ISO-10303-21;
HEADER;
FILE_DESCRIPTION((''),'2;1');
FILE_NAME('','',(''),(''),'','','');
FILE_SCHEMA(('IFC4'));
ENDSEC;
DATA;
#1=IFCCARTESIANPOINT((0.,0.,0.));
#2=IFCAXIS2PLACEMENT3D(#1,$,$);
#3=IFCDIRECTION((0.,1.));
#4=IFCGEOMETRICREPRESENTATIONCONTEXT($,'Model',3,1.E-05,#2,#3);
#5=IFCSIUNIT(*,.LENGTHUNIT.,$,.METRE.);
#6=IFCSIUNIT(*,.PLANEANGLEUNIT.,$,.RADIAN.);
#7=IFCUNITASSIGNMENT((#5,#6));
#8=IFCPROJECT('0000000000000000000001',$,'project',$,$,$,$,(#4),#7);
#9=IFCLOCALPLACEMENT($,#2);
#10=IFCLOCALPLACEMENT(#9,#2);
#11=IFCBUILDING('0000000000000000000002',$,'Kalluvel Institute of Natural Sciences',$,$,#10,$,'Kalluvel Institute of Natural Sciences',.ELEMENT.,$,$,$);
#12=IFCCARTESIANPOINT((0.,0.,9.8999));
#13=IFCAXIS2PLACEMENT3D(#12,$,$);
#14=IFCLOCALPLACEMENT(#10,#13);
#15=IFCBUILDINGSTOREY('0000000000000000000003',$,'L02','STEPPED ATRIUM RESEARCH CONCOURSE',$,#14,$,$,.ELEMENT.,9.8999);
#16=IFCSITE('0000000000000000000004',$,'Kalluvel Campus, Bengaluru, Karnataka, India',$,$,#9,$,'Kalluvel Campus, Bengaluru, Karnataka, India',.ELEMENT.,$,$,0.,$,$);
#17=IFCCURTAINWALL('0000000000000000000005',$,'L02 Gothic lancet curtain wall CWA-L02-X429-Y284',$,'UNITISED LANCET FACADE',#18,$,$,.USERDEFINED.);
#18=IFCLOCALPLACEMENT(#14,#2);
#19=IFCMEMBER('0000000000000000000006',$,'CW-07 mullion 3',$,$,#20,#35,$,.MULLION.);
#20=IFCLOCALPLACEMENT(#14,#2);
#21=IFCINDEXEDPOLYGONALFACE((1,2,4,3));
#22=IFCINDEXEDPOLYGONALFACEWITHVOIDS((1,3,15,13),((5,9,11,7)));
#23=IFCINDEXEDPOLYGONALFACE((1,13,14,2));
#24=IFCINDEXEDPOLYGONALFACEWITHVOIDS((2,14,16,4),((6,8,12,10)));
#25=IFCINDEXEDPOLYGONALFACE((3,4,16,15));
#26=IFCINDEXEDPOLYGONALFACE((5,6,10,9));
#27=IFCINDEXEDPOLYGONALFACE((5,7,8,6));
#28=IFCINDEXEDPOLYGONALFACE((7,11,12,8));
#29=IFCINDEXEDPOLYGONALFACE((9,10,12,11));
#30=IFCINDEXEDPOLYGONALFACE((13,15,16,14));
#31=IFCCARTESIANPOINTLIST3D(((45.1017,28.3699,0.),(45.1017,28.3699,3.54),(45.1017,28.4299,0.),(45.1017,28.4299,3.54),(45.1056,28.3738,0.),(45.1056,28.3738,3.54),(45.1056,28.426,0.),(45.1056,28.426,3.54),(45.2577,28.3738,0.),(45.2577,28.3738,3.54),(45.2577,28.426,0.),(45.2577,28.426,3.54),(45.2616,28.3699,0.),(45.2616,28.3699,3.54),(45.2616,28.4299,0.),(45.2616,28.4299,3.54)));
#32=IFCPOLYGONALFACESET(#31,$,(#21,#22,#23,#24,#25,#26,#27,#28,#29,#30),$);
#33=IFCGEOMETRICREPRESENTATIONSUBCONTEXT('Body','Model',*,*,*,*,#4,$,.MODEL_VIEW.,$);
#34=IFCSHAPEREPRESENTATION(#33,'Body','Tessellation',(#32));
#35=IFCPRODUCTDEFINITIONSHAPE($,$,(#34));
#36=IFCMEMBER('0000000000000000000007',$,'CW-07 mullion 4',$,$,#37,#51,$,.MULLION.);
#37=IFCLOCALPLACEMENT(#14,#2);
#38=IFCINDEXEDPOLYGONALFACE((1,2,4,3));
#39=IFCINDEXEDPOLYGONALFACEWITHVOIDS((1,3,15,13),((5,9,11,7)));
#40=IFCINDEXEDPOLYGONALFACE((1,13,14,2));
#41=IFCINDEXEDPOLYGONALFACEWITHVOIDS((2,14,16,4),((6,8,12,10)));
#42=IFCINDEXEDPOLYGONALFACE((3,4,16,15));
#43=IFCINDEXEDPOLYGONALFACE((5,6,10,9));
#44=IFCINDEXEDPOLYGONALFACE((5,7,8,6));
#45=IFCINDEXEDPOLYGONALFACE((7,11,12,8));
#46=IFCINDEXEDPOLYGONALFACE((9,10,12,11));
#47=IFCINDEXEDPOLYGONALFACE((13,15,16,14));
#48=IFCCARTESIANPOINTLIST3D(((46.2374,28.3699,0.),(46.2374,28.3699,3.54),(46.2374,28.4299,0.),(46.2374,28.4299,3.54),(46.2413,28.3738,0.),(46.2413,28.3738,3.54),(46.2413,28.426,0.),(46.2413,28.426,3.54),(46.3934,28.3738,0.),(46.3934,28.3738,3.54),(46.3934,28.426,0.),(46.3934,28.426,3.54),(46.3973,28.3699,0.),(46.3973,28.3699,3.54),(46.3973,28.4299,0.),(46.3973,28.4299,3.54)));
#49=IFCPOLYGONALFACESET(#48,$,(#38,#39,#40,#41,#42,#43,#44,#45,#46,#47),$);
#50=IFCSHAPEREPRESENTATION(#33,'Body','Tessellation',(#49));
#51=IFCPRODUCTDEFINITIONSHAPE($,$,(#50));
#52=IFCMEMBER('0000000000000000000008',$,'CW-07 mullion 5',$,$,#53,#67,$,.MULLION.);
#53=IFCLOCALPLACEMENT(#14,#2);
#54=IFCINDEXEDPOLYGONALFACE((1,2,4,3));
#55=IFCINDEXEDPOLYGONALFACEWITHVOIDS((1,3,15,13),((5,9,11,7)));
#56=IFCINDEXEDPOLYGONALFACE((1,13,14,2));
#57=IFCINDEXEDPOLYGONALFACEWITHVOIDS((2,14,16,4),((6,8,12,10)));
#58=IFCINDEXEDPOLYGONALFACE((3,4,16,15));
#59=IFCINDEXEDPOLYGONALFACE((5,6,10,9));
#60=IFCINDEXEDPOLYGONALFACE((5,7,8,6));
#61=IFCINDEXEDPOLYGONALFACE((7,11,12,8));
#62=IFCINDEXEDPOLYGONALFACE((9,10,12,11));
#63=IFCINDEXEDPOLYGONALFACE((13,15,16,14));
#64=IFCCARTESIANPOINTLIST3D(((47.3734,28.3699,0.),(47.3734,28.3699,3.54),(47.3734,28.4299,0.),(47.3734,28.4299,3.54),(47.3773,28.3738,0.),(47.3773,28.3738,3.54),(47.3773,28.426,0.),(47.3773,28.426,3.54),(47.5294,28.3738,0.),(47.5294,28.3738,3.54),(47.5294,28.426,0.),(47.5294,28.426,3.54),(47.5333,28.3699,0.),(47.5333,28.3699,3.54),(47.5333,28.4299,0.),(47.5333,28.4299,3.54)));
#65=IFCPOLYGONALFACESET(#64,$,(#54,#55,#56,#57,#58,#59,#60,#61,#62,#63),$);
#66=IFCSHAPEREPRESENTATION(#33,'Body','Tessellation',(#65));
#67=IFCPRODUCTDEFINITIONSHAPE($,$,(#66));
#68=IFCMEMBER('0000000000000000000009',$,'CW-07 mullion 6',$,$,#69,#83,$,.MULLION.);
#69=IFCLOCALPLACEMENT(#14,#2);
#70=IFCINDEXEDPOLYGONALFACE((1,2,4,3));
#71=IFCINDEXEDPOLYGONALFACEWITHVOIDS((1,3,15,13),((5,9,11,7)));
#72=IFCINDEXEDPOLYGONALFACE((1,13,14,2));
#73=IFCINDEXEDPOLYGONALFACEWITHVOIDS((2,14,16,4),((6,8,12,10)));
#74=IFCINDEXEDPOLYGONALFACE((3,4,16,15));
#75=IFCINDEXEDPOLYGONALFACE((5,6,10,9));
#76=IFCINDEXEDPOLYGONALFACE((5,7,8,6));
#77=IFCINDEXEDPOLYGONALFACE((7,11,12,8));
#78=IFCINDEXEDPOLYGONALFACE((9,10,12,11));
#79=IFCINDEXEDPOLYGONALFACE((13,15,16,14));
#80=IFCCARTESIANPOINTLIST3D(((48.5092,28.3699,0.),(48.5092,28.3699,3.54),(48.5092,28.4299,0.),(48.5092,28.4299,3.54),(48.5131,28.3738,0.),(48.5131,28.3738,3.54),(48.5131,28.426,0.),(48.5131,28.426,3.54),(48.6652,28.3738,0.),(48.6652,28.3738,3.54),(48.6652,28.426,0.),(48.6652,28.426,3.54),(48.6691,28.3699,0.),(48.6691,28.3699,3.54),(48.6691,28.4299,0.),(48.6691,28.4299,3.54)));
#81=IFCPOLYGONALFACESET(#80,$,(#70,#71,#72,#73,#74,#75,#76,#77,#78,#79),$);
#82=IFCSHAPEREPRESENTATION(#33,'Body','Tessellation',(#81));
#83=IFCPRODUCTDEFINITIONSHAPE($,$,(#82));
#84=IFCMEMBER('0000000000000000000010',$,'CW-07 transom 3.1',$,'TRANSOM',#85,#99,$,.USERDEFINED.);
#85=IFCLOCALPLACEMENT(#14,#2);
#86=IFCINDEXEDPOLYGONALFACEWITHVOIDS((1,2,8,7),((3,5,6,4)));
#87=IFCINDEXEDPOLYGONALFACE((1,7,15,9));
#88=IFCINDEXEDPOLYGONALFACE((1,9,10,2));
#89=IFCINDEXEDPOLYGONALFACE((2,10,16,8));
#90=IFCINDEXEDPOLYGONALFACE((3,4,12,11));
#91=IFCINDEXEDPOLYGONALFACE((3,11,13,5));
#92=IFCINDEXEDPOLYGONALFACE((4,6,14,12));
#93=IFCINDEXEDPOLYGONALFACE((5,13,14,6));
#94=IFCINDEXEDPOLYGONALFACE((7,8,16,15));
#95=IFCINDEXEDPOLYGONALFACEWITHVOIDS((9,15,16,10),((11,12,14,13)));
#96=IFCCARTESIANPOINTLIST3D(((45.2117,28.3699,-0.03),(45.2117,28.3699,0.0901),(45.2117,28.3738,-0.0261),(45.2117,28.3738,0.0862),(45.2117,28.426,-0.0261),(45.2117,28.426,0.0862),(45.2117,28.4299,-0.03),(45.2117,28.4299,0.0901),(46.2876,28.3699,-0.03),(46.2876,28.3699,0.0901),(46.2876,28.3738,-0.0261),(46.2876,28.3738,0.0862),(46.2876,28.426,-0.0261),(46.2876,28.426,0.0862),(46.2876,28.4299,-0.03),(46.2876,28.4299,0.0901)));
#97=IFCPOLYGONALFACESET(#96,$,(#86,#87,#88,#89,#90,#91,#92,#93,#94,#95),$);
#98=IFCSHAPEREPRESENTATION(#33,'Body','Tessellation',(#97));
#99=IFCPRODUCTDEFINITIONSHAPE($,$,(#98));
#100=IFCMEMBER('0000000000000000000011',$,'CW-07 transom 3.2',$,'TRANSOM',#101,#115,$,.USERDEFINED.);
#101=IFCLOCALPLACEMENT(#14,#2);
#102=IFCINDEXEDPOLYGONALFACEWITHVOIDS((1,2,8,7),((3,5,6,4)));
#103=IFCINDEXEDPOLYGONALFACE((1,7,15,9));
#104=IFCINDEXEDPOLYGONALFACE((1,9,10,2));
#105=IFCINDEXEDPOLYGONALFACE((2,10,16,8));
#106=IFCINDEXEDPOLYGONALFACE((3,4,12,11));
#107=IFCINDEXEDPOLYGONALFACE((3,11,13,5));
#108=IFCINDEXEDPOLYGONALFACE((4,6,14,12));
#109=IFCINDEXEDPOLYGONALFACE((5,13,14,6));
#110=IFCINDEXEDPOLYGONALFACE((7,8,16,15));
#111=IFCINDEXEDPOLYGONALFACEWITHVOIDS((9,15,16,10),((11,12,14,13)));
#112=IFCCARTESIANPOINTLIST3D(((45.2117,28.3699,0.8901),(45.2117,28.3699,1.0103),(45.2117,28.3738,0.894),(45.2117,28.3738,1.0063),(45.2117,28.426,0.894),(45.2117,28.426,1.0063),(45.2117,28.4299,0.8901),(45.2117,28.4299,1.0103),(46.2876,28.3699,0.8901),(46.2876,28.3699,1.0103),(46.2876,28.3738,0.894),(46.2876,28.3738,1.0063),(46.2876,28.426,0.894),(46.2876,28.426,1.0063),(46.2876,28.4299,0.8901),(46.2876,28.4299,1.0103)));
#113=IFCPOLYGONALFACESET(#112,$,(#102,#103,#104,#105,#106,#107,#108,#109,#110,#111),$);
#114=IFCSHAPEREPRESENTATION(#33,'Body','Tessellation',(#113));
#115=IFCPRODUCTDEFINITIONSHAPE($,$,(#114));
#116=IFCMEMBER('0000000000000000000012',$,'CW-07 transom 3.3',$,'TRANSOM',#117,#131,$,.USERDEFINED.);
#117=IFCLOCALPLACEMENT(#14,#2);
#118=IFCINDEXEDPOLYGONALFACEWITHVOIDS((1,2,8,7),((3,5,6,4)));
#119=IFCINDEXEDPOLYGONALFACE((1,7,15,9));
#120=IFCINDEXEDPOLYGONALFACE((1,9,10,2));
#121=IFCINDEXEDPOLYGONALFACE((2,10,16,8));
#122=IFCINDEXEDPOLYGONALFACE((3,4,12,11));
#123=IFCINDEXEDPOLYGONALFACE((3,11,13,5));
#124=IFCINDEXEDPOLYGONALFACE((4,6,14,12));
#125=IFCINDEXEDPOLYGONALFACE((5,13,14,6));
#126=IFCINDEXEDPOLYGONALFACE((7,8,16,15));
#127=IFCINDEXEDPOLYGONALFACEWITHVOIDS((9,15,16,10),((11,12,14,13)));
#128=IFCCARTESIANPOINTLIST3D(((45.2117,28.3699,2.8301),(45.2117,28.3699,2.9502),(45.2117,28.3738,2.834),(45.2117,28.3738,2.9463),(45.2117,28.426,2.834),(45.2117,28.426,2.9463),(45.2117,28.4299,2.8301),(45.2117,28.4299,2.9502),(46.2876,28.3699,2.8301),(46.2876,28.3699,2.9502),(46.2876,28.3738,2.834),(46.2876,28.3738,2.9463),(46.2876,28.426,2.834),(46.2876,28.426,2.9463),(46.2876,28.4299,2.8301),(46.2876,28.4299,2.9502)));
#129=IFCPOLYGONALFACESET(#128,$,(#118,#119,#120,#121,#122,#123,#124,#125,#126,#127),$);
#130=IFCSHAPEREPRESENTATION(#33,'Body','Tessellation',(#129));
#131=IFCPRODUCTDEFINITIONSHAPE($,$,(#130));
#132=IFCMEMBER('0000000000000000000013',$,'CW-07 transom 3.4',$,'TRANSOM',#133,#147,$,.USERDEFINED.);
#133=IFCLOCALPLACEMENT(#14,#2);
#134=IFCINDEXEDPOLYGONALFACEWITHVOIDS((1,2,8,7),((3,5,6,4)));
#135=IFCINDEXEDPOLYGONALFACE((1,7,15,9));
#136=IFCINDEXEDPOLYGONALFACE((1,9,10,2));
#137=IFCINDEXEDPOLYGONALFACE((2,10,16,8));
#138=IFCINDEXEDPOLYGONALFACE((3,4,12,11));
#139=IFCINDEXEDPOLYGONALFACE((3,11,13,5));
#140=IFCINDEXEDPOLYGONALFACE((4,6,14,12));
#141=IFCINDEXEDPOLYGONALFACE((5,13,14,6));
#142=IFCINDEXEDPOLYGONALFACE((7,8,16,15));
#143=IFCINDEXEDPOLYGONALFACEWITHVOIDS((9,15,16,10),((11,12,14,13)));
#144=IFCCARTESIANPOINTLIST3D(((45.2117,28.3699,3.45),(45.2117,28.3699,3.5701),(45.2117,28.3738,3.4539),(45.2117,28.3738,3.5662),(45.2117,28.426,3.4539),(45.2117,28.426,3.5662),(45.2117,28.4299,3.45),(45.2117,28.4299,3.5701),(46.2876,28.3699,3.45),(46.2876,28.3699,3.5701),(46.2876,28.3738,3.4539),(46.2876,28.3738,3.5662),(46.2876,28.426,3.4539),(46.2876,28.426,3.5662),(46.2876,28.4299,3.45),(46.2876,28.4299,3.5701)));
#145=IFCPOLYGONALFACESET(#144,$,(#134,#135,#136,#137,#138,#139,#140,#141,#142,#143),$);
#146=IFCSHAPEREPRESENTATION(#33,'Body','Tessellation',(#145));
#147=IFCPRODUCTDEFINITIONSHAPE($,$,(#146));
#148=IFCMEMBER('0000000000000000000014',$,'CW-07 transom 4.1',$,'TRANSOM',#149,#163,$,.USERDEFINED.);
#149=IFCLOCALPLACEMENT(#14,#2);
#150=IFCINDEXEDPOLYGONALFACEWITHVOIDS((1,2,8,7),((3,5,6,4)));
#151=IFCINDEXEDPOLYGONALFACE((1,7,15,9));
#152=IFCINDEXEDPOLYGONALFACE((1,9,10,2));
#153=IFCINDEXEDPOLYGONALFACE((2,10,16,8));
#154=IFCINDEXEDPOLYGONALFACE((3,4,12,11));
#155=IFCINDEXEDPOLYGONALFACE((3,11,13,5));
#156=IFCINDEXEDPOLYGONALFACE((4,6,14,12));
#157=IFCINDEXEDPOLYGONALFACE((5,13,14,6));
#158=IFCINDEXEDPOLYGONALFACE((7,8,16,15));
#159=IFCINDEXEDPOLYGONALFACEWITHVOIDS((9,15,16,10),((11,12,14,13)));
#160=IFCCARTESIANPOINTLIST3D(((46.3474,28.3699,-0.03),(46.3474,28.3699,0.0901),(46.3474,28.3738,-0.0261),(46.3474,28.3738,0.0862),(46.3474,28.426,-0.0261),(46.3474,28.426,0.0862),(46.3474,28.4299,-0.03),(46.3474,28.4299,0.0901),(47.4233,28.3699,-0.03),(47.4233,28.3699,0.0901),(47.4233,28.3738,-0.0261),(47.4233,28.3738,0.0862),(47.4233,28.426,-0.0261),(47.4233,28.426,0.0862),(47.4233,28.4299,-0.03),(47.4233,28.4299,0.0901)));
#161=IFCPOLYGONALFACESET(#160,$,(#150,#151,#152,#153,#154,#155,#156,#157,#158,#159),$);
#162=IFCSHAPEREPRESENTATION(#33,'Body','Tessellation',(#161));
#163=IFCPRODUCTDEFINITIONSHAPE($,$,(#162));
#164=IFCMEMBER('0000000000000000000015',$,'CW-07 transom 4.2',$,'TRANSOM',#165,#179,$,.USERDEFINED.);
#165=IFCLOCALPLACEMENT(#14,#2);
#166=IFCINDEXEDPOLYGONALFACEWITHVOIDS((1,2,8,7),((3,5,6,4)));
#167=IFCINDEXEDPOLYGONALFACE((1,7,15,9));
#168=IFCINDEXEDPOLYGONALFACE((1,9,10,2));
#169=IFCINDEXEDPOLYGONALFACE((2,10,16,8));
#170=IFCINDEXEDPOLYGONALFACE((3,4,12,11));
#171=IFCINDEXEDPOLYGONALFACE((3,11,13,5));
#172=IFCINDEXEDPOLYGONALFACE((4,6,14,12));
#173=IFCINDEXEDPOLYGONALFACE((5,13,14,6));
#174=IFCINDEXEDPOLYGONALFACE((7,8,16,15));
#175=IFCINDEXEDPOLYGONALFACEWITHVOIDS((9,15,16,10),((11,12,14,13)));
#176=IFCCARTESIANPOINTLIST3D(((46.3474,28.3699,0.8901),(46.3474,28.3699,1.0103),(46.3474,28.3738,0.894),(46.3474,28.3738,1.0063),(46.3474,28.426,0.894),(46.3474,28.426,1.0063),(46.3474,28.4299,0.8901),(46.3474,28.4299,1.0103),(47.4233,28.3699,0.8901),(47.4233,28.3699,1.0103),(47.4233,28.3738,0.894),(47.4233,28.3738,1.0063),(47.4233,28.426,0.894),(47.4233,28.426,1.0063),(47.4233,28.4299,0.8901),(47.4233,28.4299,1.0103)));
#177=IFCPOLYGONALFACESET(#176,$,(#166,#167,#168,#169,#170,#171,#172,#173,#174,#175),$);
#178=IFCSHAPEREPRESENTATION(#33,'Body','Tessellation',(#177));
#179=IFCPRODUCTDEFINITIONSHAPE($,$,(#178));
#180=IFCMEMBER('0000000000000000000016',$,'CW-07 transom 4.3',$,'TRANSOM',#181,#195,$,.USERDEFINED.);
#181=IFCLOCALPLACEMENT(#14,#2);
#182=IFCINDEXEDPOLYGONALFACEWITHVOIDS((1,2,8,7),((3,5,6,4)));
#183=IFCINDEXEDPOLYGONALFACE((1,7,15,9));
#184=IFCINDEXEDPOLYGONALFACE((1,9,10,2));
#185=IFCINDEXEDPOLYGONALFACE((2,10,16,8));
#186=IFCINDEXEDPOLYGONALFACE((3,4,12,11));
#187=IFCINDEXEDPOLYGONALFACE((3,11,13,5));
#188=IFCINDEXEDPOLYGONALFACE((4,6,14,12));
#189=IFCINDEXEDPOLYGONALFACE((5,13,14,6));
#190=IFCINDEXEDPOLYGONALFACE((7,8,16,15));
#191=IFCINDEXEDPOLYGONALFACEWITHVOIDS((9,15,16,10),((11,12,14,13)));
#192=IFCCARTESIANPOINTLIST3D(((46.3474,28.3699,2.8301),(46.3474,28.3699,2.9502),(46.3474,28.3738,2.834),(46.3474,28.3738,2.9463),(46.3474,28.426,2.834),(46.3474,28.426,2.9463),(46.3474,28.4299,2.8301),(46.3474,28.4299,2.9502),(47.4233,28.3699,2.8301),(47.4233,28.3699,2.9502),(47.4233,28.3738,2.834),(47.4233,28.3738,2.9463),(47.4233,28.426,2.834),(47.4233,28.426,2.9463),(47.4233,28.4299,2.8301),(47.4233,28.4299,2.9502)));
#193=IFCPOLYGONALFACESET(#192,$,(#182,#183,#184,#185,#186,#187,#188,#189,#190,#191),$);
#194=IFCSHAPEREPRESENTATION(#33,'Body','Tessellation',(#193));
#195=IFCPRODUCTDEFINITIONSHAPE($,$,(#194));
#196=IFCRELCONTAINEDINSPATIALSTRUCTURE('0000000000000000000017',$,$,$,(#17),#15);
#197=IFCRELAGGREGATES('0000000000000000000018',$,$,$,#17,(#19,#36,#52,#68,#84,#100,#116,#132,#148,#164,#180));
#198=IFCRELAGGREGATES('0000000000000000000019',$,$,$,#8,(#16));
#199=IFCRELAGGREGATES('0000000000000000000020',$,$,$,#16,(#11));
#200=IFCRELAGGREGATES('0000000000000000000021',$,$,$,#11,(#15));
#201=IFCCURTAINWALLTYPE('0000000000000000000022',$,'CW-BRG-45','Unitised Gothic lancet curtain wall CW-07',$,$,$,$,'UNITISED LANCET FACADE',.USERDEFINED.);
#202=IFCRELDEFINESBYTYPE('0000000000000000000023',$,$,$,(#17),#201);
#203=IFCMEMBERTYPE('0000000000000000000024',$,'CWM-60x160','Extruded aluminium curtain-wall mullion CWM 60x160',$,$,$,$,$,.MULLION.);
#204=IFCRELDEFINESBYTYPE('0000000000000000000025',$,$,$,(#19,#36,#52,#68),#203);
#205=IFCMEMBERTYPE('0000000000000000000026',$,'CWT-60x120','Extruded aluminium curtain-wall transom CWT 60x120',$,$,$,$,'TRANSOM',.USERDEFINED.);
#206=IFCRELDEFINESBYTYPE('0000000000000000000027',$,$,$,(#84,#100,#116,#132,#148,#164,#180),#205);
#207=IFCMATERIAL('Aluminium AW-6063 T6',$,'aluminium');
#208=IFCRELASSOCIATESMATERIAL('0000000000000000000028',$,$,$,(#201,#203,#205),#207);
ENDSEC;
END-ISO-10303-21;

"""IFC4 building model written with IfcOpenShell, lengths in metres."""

from ifc_helpers import new_model, si_unit, direction, frame, origin, origin_2d, place, context, subcontext, project, spatial, hollow_rectangle, extrude, material, material_profile, profile_set, type_object, element, aggregate, save


model = new_model("IFC4")

# Units and contexts
model_context = context("Model", 3, precision=1e-05, world=origin(), true_north=direction((0.0, 1.0)))
body_context = subcontext(model_context, "Body", "Model", "MODEL_VIEW")
ifc_project = project(units=[si_unit("LENGTHUNIT", "METRE"), si_unit("PLANEANGLEUNIT", "RADIAN")], contexts=[model_context])

# Site, building, storey
site_placement = place(None, origin())
site = spatial("IfcSite", under=ifc_project, at=site_placement, Name="Kalluvel Campus, Bengaluru, Karnataka, India", LongName="Kalluvel Campus, Bengaluru, Karnataka, India", CompositionType="ELEMENT", RefElevation=0.0)
building_placement = place(site_placement, origin())
building = spatial("IfcBuilding", under=site, at=building_placement, Name="Kalluvel Institute of Natural Sciences", LongName="Kalluvel Institute of Natural Sciences", CompositionType="ELEMENT")
storey_placement = place(building_placement, frame((0.0, 0.0, 9.8999)))
storey = spatial("IfcBuildingStorey", under=building, at=storey_placement, Name="L02", Description="STEPPED ATRIUM RESEARCH CONCOURSE", CompositionType="ELEMENT", Elevation=9.8999)

# Curtain wall, members
ifc_material_1 = material(Name="Aluminium AW-6063 T6", Category="aluminium")
curtain_wall_type = type_object("IfcCurtainWallType", Name="CW-BRG-45", Description="Unitised Gothic lancet curtain wall CW-07", ElementType="UNITISED LANCET FACADE", PredefinedType="USERDEFINED", material=ifc_material_1)
curtain_wall_placement = place(storey_placement, origin())
curtain_wall = element("IfcCurtainWall", 1, at=curtain_wall_placement, inside=storey, type_object=curtain_wall_type, Name="L02 Gothic lancet curtain wall CWA-L02-X429-Y284", ObjectType="UNITISED LANCET FACADE", PredefinedType="USERDEFINED")
ifc_material_profile_1 = material_profile(ifc_material_1, hollow_rectangle(XDim=0.0601, YDim=0.1599, WallThickness=0.0039, at=origin_2d()), Name="CWM 60x160")
ifc_profile_set_1 = profile_set([ifc_material_profile_1], Name="Aluminium AW-6063 T6")
member_type_1 = type_object("IfcMemberType", Name="CWM-60x160", Description="Extruded aluminium curtain-wall mullion CWM 60x160", PredefinedType="MULLION", material=ifc_profile_set_1)
member_1_placement = place(storey_placement, frame((45.1816, 28.3999, 0.0), z_axis=(0.0, 0.0, 1.0), x_axis=(0.0, 1.0, 0.0)))
member_1 = element("IfcMember", 2, at=member_1_placement, type_object=member_type_1, Name="CW-07 mullion 3", PredefinedType="MULLION", context=body_context, shape_type="SweptSolid", body=[
    extrude(hollow_rectangle(XDim=0.0601, YDim=0.1599, WallThickness=0.0039, at=origin_2d()), origin(), (0.0, 0.0, 1.0), 3.54),
])
member_2_placement = place(storey_placement, frame((46.3174, 28.3999, 0.0), z_axis=(0.0, 0.0, 1.0), x_axis=(0.0, 1.0, 0.0)))
member_2 = element("IfcMember", 3, at=member_2_placement, type_object=member_type_1, Name="CW-07 mullion 4", PredefinedType="MULLION", context=body_context, shape_type="SweptSolid", body=[
    extrude(hollow_rectangle(XDim=0.0601, YDim=0.1599, WallThickness=0.0039, at=origin_2d()), origin(), (0.0, 0.0, 1.0), 3.54),
])
member_3_placement = place(storey_placement, frame((47.4534, 28.3999, 0.0), z_axis=(0.0, 0.0, 1.0), x_axis=(0.0, 1.0, 0.0)))
member_3 = element("IfcMember", 4, at=member_3_placement, type_object=member_type_1, Name="CW-07 mullion 5", PredefinedType="MULLION", context=body_context, shape_type="SweptSolid", body=[
    extrude(hollow_rectangle(XDim=0.0601, YDim=0.1599, WallThickness=0.0039, at=origin_2d()), origin(), (0.0, 0.0, 1.0), 3.54),
])
member_4_placement = place(storey_placement, frame((48.5891, 28.3999, 0.0), z_axis=(0.0, 0.0, 1.0), x_axis=(0.0, 1.0, 0.0)))
member_4 = element("IfcMember", 5, at=member_4_placement, type_object=member_type_1, Name="CW-07 mullion 6", PredefinedType="MULLION", context=body_context, shape_type="SweptSolid", body=[
    extrude(hollow_rectangle(XDim=0.0601, YDim=0.1599, WallThickness=0.0039, at=origin_2d()), origin(), (0.0, 0.0, 1.0), 3.54),
])
ifc_material_profile_2 = material_profile(ifc_material_1, hollow_rectangle(XDim=0.0601, YDim=0.1201, WallThickness=0.0039, at=origin_2d()), Name="CWT 60x120")
ifc_profile_set_2 = profile_set([ifc_material_profile_2], Name="Aluminium AW-6063 T6")
member_type_2 = type_object("IfcMemberType", Name="CWT-60x120", Description="Extruded aluminium curtain-wall transom CWT 60x120", ElementType="TRANSOM", PredefinedType="USERDEFINED", material=ifc_profile_set_2)
member_5_placement = place(storey_placement, frame((45.2117, 28.3999, 0.03), z_axis=(1.0, 0.0, 0.0), x_axis=(0.0, 1.0, 0.0)))
member_5 = element("IfcMember", 6, at=member_5_placement, type_object=member_type_2, Name="CW-07 transom 3.1", ObjectType="TRANSOM", PredefinedType="USERDEFINED", context=body_context, shape_type="SweptSolid", body=[
    extrude(hollow_rectangle(XDim=0.0601, YDim=0.1201, WallThickness=0.0039, at=origin_2d()), origin(), (0.0, 0.0, 1.0), 1.0759),
])
member_6_placement = place(storey_placement, frame((45.2117, 28.3999, 0.9502), z_axis=(1.0, 0.0, 0.0), x_axis=(0.0, 1.0, 0.0)))
member_6 = element("IfcMember", 7, at=member_6_placement, type_object=member_type_2, Name="CW-07 transom 3.2", ObjectType="TRANSOM", PredefinedType="USERDEFINED", context=body_context, shape_type="SweptSolid", body=[
    extrude(hollow_rectangle(XDim=0.0601, YDim=0.1201, WallThickness=0.0039, at=origin_2d()), origin(), (0.0, 0.0, 1.0), 1.0759),
])
member_7_placement = place(storey_placement, frame((45.2117, 28.3999, 2.8901), z_axis=(1.0, 0.0, 0.0), x_axis=(0.0, 1.0, 0.0)))
member_7 = element("IfcMember", 8, at=member_7_placement, type_object=member_type_2, Name="CW-07 transom 3.3", ObjectType="TRANSOM", PredefinedType="USERDEFINED", context=body_context, shape_type="SweptSolid", body=[
    extrude(hollow_rectangle(XDim=0.0601, YDim=0.1201, WallThickness=0.0039, at=origin_2d()), origin(), (0.0, 0.0, 1.0), 1.0759),
])
member_8_placement = place(storey_placement, frame((45.2117, 28.3999, 3.51), z_axis=(1.0, 0.0, 0.0), x_axis=(0.0, 1.0, 0.0)))
member_8 = element("IfcMember", 9, at=member_8_placement, type_object=member_type_2, Name="CW-07 transom 3.4", ObjectType="TRANSOM", PredefinedType="USERDEFINED", context=body_context, shape_type="SweptSolid", body=[
    extrude(hollow_rectangle(XDim=0.0601, YDim=0.1201, WallThickness=0.0039, at=origin_2d()), origin(), (0.0, 0.0, 1.0), 1.0759),
])
member_9_placement = place(storey_placement, frame((46.3474, 28.3999, 0.03), z_axis=(1.0, 0.0, 0.0), x_axis=(0.0, 1.0, 0.0)))
member_9 = element("IfcMember", 10, at=member_9_placement, type_object=member_type_2, Name="CW-07 transom 4.1", ObjectType="TRANSOM", PredefinedType="USERDEFINED", context=body_context, shape_type="SweptSolid", body=[
    extrude(hollow_rectangle(XDim=0.0601, YDim=0.1201, WallThickness=0.0039, at=origin_2d()), origin(), (0.0, 0.0, 1.0), 1.0759),
])
member_10_placement = place(storey_placement, frame((46.3474, 28.3999, 0.9502), z_axis=(1.0, 0.0, 0.0), x_axis=(0.0, 1.0, 0.0)))
member_10 = element("IfcMember", 11, at=member_10_placement, type_object=member_type_2, Name="CW-07 transom 4.2", ObjectType="TRANSOM", PredefinedType="USERDEFINED", context=body_context, shape_type="SweptSolid", body=[
    extrude(hollow_rectangle(XDim=0.0601, YDim=0.1201, WallThickness=0.0039, at=origin_2d()), origin(), (0.0, 0.0, 1.0), 1.0759),
])
member_11_placement = place(storey_placement, frame((46.3474, 28.3999, 2.8901), z_axis=(1.0, 0.0, 0.0), x_axis=(0.0, 1.0, 0.0)))
member_11 = element("IfcMember", 12, at=member_11_placement, type_object=member_type_2, Name="CW-07 transom 4.3", ObjectType="TRANSOM", PredefinedType="USERDEFINED", context=body_context, shape_type="SweptSolid", body=[
    extrude(hollow_rectangle(XDim=0.0601, YDim=0.1201, WallThickness=0.0039, at=origin_2d()), origin(), (0.0, 0.0, 1.0), 1.0759),
])
aggregate(curtain_wall, [member_1, member_2, member_3, member_4, member_5, member_6, member_7, member_8, member_9, member_10, member_11])

save(model, "model.ifc")
